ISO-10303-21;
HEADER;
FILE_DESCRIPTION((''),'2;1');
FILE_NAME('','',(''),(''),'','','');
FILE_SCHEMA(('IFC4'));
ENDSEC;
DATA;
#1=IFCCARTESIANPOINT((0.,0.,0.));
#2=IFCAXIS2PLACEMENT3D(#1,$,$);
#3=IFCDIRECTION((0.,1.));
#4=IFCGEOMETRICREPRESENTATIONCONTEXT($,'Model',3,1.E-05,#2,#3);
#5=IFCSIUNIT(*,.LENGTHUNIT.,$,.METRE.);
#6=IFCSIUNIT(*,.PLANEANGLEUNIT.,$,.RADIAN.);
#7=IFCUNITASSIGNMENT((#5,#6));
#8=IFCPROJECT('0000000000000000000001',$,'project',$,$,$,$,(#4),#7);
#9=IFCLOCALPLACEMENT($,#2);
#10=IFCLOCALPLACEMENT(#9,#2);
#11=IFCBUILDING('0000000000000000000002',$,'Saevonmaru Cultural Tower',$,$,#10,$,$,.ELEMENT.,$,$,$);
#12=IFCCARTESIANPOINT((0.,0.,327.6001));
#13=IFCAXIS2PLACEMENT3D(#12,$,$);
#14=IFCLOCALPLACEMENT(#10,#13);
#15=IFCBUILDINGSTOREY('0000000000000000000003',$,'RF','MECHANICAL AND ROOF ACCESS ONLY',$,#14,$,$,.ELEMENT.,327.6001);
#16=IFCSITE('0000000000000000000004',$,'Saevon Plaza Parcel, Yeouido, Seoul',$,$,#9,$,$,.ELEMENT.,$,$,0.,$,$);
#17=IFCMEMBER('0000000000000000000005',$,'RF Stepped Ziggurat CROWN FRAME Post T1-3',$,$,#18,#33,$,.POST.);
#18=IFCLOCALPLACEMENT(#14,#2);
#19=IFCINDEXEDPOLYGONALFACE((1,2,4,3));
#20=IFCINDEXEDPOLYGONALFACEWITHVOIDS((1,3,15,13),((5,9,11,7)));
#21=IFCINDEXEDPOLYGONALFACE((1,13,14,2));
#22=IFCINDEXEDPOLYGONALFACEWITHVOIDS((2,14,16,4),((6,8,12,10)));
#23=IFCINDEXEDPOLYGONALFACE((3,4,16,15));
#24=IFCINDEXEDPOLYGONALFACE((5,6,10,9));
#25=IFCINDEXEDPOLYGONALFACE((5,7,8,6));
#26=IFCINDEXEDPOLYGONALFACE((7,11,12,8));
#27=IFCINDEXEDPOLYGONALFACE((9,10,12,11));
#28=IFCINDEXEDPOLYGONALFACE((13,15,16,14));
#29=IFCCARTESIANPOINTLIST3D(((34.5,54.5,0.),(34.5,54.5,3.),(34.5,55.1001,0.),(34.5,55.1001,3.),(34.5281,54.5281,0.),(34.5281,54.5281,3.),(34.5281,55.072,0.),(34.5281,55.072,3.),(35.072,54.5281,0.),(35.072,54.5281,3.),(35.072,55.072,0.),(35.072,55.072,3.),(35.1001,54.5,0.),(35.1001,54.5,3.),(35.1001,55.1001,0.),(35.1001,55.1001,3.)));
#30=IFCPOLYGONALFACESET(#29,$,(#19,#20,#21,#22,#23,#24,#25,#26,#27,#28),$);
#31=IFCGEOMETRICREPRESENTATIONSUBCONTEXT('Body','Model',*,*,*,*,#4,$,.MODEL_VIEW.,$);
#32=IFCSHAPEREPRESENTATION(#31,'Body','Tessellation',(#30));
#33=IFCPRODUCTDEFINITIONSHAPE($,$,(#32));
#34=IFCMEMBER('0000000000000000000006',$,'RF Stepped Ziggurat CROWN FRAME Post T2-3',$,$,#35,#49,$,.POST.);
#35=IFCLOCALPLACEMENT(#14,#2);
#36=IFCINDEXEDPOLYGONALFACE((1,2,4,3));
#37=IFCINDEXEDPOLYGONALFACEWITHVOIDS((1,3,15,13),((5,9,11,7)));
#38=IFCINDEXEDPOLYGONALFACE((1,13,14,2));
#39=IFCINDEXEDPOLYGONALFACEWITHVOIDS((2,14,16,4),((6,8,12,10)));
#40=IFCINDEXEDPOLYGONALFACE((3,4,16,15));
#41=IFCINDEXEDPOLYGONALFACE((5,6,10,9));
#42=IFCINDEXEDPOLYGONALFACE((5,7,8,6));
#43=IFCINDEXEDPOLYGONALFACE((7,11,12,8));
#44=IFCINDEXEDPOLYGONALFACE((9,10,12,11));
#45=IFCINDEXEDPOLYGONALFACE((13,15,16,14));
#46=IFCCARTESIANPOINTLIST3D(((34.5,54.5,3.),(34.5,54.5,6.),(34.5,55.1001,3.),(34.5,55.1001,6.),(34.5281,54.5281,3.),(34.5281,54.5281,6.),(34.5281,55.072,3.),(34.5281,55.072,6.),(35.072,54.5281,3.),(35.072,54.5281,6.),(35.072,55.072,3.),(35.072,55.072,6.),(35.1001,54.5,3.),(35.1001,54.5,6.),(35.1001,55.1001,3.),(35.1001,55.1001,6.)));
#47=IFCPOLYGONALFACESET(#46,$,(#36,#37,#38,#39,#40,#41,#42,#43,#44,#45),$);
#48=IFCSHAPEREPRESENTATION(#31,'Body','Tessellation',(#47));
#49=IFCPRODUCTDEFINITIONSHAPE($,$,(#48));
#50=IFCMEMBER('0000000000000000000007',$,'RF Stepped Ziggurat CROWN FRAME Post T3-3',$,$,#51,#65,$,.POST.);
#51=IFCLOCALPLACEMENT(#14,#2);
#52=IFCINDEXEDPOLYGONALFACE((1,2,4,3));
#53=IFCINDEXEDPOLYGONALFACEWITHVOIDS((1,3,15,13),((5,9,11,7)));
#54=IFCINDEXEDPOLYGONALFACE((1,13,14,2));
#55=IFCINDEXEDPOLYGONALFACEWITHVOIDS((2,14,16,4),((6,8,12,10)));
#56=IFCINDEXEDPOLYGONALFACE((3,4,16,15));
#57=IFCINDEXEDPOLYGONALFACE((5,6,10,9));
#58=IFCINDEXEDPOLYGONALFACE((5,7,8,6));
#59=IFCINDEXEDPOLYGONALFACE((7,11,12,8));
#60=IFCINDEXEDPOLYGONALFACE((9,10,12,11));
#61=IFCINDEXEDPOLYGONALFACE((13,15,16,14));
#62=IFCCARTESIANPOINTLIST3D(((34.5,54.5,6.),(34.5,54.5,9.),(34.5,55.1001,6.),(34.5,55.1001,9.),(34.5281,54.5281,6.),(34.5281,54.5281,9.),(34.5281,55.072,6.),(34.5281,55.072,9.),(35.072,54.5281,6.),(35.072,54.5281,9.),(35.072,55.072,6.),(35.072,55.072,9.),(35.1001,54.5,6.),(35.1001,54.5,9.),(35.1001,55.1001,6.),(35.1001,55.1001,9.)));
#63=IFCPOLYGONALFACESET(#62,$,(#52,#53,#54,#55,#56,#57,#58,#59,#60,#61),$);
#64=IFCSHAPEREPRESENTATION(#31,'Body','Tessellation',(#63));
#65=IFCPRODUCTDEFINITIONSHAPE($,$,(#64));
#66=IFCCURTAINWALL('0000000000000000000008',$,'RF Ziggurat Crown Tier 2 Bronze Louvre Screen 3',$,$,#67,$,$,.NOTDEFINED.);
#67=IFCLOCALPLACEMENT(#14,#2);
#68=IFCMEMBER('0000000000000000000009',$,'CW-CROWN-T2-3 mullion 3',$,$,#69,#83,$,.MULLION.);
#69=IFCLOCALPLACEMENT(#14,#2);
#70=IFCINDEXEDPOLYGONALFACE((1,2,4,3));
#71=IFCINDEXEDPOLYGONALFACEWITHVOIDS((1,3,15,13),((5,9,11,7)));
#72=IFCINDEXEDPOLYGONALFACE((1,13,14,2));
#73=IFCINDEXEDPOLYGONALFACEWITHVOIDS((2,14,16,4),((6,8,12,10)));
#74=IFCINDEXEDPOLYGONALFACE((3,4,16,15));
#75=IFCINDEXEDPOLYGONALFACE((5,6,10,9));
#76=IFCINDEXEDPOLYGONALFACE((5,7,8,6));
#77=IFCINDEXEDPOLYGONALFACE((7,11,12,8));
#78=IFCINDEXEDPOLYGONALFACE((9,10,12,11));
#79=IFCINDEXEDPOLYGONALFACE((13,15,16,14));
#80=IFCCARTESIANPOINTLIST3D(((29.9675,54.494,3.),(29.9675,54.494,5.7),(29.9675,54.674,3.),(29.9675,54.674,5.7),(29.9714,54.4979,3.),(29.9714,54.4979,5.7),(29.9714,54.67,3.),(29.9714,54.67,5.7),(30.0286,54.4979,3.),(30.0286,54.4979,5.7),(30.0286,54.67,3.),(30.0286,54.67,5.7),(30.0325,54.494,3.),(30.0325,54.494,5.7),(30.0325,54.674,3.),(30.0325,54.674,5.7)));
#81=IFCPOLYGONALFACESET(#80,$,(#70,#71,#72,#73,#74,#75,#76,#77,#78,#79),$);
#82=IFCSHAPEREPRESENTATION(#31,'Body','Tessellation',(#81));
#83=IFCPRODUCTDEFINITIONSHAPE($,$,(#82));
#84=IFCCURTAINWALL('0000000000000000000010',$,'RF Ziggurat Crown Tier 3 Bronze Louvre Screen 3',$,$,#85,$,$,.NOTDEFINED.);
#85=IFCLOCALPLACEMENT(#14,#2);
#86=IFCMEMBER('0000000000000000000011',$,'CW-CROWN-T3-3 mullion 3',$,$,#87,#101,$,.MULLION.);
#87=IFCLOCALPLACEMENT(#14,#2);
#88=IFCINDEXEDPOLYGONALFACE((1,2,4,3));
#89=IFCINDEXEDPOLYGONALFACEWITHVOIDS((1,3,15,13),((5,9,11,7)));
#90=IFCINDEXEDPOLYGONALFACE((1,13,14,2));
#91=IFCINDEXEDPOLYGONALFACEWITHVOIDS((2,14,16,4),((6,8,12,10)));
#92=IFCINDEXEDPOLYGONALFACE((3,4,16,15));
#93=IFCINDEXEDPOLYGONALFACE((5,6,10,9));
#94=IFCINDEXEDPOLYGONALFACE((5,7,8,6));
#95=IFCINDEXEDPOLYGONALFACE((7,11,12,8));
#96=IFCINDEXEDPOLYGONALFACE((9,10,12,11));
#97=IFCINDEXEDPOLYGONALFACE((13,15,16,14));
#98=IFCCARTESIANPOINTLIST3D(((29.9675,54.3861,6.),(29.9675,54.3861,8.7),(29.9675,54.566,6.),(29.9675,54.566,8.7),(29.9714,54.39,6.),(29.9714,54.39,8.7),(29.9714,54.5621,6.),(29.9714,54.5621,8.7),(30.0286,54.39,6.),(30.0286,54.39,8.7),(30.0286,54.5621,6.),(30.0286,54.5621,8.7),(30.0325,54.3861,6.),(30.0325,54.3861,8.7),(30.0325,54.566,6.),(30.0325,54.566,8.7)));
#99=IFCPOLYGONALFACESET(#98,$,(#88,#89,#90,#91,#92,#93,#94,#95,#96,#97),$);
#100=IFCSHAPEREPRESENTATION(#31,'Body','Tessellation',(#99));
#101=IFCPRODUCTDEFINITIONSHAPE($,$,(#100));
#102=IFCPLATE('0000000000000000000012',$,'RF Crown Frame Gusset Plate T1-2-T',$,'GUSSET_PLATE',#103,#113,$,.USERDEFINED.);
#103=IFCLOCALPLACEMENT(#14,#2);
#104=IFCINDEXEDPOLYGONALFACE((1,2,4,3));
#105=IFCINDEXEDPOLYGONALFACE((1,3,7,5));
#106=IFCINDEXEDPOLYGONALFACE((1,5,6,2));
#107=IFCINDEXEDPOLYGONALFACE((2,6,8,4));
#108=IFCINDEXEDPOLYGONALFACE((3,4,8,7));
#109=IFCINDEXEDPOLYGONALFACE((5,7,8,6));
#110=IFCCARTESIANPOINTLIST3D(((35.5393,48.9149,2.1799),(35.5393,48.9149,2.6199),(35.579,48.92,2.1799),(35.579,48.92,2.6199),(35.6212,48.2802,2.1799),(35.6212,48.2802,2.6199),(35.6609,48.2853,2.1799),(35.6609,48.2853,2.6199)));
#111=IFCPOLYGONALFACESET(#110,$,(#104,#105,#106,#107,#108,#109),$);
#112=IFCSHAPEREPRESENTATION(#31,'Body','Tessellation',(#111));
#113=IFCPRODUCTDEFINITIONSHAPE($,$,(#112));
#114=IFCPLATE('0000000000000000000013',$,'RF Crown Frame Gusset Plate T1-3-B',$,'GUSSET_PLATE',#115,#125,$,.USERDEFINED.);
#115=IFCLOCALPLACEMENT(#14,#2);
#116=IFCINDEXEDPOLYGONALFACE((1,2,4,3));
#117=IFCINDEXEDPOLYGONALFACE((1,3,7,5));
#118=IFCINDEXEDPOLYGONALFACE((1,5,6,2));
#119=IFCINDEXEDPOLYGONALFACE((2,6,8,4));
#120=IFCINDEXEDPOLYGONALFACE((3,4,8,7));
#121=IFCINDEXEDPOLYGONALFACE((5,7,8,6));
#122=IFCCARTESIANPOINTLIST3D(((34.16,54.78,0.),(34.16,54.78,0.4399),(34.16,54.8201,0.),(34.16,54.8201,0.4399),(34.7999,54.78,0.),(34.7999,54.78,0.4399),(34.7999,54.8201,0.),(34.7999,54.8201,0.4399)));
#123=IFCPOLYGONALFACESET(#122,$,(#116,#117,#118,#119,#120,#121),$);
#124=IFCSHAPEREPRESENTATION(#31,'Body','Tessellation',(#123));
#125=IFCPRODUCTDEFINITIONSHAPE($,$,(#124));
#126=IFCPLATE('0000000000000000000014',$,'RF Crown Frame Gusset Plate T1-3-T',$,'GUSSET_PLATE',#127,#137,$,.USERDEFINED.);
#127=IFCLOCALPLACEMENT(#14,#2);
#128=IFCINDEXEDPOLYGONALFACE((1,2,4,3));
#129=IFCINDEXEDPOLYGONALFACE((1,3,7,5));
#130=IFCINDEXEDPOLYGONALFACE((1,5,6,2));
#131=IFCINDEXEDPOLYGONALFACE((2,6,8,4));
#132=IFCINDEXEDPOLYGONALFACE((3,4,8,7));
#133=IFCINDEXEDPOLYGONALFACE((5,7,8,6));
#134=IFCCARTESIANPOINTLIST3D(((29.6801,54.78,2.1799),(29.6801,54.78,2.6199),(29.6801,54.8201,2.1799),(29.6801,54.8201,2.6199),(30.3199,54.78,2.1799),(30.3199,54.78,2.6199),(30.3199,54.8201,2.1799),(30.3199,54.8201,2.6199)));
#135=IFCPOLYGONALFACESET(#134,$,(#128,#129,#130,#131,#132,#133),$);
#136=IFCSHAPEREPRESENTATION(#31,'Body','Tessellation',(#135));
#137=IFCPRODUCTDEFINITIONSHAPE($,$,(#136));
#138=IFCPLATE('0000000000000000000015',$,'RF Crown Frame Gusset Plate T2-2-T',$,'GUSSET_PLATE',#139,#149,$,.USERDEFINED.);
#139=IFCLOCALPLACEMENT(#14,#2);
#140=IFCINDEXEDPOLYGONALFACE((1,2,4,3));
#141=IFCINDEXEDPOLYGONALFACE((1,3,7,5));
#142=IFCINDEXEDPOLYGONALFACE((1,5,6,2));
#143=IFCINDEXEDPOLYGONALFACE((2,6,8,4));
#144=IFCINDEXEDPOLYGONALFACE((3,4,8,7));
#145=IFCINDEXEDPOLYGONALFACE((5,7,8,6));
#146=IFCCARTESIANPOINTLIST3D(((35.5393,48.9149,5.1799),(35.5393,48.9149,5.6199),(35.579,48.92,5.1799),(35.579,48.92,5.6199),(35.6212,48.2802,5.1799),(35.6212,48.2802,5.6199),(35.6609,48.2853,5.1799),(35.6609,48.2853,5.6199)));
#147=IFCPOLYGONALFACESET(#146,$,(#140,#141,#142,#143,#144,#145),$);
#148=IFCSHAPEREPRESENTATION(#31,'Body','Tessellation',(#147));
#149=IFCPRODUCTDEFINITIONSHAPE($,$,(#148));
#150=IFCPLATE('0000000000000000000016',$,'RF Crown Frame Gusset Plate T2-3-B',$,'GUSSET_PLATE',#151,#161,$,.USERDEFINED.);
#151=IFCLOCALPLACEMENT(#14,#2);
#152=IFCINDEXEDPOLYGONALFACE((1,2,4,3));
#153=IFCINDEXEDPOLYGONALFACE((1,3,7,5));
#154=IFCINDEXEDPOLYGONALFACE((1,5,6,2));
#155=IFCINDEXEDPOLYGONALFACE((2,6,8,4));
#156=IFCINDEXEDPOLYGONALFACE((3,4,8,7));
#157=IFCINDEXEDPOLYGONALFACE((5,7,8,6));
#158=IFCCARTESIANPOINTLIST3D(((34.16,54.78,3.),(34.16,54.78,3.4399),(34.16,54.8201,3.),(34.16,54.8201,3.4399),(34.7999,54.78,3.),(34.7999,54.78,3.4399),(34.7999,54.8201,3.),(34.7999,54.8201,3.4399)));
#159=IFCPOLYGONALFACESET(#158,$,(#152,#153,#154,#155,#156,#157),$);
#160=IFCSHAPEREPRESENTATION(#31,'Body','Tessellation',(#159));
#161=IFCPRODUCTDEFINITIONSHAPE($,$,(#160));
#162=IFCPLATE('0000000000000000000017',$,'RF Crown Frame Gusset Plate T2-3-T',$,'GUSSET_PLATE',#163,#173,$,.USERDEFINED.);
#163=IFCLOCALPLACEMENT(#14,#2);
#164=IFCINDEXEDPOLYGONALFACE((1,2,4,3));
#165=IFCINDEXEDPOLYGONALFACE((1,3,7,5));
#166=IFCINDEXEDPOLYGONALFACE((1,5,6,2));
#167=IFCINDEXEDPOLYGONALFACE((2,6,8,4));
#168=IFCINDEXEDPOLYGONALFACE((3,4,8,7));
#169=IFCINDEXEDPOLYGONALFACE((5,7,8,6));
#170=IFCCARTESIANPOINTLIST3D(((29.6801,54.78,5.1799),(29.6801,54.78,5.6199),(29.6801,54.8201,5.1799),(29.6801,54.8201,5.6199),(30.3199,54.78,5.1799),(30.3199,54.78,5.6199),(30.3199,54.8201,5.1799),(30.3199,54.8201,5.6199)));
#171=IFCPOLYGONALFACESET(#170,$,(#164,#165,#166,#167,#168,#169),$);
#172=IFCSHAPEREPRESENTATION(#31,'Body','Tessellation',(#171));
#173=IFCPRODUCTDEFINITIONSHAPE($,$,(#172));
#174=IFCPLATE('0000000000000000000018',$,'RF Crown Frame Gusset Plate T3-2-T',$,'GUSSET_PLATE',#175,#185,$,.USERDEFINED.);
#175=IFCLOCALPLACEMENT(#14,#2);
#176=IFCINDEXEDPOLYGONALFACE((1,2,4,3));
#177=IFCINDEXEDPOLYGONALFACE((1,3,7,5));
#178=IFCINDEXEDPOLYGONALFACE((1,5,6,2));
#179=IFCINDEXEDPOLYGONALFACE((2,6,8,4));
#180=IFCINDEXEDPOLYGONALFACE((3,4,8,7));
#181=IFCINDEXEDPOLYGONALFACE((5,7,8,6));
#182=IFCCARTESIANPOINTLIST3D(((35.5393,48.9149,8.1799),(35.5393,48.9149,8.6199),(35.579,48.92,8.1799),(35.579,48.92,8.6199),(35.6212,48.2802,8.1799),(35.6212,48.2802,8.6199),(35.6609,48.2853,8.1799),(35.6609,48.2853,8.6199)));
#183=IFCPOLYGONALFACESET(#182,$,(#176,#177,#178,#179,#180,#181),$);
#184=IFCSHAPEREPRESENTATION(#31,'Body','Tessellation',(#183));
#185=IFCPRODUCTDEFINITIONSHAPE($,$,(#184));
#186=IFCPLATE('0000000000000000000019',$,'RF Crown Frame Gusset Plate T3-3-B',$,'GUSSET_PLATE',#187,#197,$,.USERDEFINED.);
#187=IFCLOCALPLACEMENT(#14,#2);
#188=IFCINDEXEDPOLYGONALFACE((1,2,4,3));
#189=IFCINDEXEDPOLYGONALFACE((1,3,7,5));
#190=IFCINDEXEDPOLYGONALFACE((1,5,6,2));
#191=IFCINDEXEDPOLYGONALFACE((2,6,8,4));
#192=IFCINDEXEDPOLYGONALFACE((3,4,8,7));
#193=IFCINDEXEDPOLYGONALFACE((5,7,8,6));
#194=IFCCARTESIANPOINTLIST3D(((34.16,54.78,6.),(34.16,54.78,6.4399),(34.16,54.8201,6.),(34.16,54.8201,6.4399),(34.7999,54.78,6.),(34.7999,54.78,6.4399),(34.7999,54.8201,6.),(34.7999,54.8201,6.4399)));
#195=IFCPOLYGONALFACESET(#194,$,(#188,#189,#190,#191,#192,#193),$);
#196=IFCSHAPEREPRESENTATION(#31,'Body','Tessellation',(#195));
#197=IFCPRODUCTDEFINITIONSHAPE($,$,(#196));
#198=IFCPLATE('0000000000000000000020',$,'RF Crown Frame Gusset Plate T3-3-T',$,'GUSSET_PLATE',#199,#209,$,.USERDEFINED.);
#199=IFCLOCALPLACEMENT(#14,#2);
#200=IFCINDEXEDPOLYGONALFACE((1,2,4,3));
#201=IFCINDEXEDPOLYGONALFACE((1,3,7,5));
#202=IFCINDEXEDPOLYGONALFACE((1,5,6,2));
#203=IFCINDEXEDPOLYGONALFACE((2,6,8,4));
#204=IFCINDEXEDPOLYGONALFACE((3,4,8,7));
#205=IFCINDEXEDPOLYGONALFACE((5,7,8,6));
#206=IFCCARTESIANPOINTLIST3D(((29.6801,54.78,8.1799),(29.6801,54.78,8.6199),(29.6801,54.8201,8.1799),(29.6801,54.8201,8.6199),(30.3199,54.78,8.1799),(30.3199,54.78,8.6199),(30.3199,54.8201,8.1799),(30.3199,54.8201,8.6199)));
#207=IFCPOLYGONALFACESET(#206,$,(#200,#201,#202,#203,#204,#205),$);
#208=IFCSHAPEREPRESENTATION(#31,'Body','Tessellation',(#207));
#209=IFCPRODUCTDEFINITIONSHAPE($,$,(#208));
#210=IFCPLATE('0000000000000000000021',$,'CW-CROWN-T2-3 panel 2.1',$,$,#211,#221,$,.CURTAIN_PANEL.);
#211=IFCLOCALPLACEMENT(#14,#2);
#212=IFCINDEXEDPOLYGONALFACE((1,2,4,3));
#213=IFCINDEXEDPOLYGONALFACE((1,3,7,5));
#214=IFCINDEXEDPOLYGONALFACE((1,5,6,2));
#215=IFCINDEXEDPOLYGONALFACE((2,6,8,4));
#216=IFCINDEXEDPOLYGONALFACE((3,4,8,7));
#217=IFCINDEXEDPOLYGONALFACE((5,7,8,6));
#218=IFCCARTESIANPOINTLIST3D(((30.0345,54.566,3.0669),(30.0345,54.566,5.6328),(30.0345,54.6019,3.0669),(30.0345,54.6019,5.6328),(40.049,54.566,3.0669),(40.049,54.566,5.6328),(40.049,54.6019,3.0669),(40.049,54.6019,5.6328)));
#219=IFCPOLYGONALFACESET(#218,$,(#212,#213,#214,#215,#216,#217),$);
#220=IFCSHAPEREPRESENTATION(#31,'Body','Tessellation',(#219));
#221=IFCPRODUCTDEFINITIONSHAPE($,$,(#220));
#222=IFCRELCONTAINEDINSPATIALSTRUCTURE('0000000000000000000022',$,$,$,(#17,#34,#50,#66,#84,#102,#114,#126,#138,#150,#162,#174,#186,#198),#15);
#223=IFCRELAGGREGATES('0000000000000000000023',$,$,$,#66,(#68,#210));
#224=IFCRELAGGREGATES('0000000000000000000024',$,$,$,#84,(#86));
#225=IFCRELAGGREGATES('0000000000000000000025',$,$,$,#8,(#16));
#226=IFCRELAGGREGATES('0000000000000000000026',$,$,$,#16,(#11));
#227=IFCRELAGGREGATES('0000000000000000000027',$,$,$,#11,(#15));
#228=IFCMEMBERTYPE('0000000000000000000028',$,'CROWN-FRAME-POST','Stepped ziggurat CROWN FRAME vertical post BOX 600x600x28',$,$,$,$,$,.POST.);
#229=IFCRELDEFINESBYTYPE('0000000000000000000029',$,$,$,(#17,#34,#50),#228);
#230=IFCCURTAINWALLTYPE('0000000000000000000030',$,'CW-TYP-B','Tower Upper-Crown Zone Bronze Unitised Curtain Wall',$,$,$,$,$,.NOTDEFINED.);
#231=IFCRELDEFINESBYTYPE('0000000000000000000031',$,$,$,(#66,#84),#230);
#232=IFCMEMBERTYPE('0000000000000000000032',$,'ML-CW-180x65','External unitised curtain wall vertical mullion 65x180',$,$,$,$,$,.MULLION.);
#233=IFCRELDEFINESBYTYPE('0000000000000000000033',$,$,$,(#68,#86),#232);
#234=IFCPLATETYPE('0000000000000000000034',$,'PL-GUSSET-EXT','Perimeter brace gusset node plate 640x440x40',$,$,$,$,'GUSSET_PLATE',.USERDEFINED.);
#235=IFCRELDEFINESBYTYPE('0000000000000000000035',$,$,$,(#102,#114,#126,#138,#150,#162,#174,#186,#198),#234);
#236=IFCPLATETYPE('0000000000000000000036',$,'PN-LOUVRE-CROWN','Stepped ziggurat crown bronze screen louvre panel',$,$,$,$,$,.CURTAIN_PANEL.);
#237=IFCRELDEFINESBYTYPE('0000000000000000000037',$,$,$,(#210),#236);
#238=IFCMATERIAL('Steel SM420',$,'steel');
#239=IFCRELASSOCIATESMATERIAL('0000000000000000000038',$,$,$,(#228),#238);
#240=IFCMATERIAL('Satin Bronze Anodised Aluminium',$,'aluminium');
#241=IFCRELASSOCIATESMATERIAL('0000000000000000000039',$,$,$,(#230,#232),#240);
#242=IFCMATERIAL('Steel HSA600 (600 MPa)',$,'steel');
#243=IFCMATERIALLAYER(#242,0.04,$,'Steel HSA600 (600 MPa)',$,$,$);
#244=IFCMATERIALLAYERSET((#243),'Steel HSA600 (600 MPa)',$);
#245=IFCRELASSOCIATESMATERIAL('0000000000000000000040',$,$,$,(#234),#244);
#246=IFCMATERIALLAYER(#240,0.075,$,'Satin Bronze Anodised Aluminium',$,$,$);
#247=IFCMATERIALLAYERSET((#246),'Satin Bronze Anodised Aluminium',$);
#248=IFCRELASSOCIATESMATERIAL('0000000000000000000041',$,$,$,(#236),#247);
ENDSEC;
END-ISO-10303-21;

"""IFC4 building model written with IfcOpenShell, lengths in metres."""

from ifc_helpers import new_model, si_unit, direction, frame, origin, origin_2d, place, context, subcontext, project, spatial, rectangle, hollow_rectangle, extrude, material, layer, layer_set, material_profile, profile_set, type_object, element, aggregate, save


model = new_model("IFC4")

# Units and contexts
model_context = context("Model", 3, precision=1e-05, world=origin(), true_north=direction((0.0, 1.0)))
body_context = subcontext(model_context, "Body", "Model", "MODEL_VIEW")
ifc_project = project(units=[si_unit("LENGTHUNIT", "METRE"), si_unit("PLANEANGLEUNIT", "RADIAN")], contexts=[model_context])

# Site, building, storey
site_placement = place(None, origin())
site = spatial("IfcSite", under=ifc_project, at=site_placement, Name="Saevon Plaza Parcel, Yeouido, Seoul", CompositionType="ELEMENT", RefElevation=0.0)
building_placement = place(site_placement, origin())
building = spatial("IfcBuilding", under=site, at=building_placement, Name="Saevonmaru Cultural Tower", CompositionType="ELEMENT")
storey_placement = place(building_placement, frame((0.0, 0.0, 327.6001)))
storey = spatial("IfcBuildingStorey", under=building, at=storey_placement, Name="RF", Description="MECHANICAL AND ROOF ACCESS ONLY", CompositionType="ELEMENT", Elevation=327.6001)

# Members
ifc_material_1 = material(Name="Steel SM420", Category="steel")
ifc_material_profile_1 = material_profile(ifc_material_1, hollow_rectangle(XDim=0.6001, YDim=0.6001, WallThickness=0.0281, at=origin_2d()), Name="BOX-600x600x28")
ifc_profile_set_1 = profile_set([ifc_material_profile_1], Name="Steel SM420")
member_type_1 = type_object("IfcMemberType", Name="CROWN-FRAME-POST", Description="Stepped ziggurat CROWN FRAME vertical post BOX 600x600x28", PredefinedType="POST", material=ifc_profile_set_1)
for number, where, z_axis, x_axis, name in (
    (1, (34.8, 54.8, 0.0), (0.0, 0.0, 1.0), (1.0, 0.0, 0.0), "RF Stepped Ziggurat CROWN FRAME Post T1-3"),
    (2, (34.8, 54.8, 3.0), (0.0, 0.0, 1.0), (1.0, 0.0, 0.0), "RF Stepped Ziggurat CROWN FRAME Post T2-3"),
    (3, (34.8, 54.8, 6.0), (0.0, 0.0, 1.0), (1.0, 0.0, 0.0), "RF Stepped Ziggurat CROWN FRAME Post T3-3"),
):
    element("IfcMember", number, at=place(storey_placement, frame(where, z_axis=z_axis, x_axis=x_axis)), inside=storey, type_object=member_type_1, Name=name, PredefinedType="POST", context=body_context, shape_type="SweptSolid", body=[
        extrude(hollow_rectangle(XDim=0.6001, YDim=0.6001, WallThickness=0.0281, at=origin_2d()), origin(), (0.0, 0.0, 1.0), 3.0),
    ])

# Curtain walls, members
ifc_material_2 = material(Name="Satin Bronze Anodised Aluminium", Category="aluminium")
curtain_wall_type = type_object("IfcCurtainWallType", Name="CW-TYP-B", Description="Tower Upper-Crown Zone Bronze Unitised Curtain Wall", PredefinedType="NOTDEFINED", material=ifc_material_2)
curtain_wall_1_placement = place(storey_placement, origin())
curtain_wall_1 = element("IfcCurtainWall", 4, at=curtain_wall_1_placement, inside=storey, type_object=curtain_wall_type, Name="RF Ziggurat Crown Tier 2 Bronze Louvre Screen 3", PredefinedType="NOTDEFINED")
ifc_material_profile_2 = material_profile(ifc_material_2, hollow_rectangle(XDim=0.0649, YDim=0.1799, WallThickness=0.0039, at=origin_2d()), Name="ALU-MULL-180x65x4")
ifc_profile_set_2 = profile_set([ifc_material_profile_2], Name="Satin Bronze Anodised Aluminium")
member_type_2 = type_object("IfcMemberType", Name="ML-CW-180x65", Description="External unitised curtain wall vertical mullion 65x180", PredefinedType="MULLION", material=ifc_profile_set_2)
member_1_placement = place(storey_placement, frame((30.0, 54.584, 3.0), z_axis=(0.0, 0.0, 1.0), x_axis=(-1.0, 0.0, 0.0)))
member_1 = element("IfcMember", 5, at=member_1_placement, type_object=member_type_2, Name="CW-CROWN-T2-3 mullion 3", PredefinedType="MULLION", context=body_context, shape_type="SweptSolid", body=[
    extrude(hollow_rectangle(XDim=0.0649, YDim=0.1799, WallThickness=0.0039, at=origin_2d()), origin(), (0.0, 0.0, 1.0), 2.7),
])
curtain_wall_2_placement = place(storey_placement, origin())
curtain_wall_2 = element("IfcCurtainWall", 6, at=curtain_wall_2_placement, inside=storey, type_object=curtain_wall_type, Name="RF Ziggurat Crown Tier 3 Bronze Louvre Screen 3", PredefinedType="NOTDEFINED")
member_2_placement = place(storey_placement, frame((30.0, 54.4761, 6.0), z_axis=(0.0, 0.0, 1.0), x_axis=(-1.0, 0.0, 0.0)))
member_2 = element("IfcMember", 7, at=member_2_placement, type_object=member_type_2, Name="CW-CROWN-T3-3 mullion 3", PredefinedType="MULLION", context=body_context, shape_type="SweptSolid", body=[
    extrude(hollow_rectangle(XDim=0.0649, YDim=0.1799, WallThickness=0.0039, at=origin_2d()), origin(), (0.0, 0.0, 1.0), 2.7),
])

# Plates
ifc_material_3 = material(Name="Steel HSA600 (600 MPa)", Category="steel")
ifc_layer_1 = layer(ifc_material_3, 0.04, Name="Steel HSA600 (600 MPa)")
ifc_layer_set_1 = layer_set([ifc_layer_1], Name="Steel HSA600 (600 MPa)")
plate_type_1 = type_object("IfcPlateType", Name="PL-GUSSET-EXT", Description="Perimeter brace gusset node plate 640x440x40", ElementType="GUSSET_PLATE", PredefinedType="USERDEFINED", material=ifc_layer_set_1)
for number, where, z_axis, x_axis, name in (
    (8, (35.6001, 48.6001, 2.1799), (0.0, 0.0, 1.0), (-0.127965, 0.991779, 0.0), "RF Crown Frame Gusset Plate T1-2-T"),
    (9, (34.48, 54.8, 0.0), (0.0, 0.0, 1.0), (-1.0, 0.0, 0.0), "RF Crown Frame Gusset Plate T1-3-B"),
    (10, (30.0, 54.8, 2.1799), (0.0, 0.0, 1.0), (-1.0, 0.0, 0.0), "RF Crown Frame Gusset Plate T1-3-T"),
    (11, (35.6001, 48.6001, 5.1799), (0.0, 0.0, 1.0), (-0.127965, 0.991779, 0.0), "RF Crown Frame Gusset Plate T2-2-T"),
    (12, (34.48, 54.8, 3.0), (0.0, 0.0, 1.0), (-1.0, 0.0, 0.0), "RF Crown Frame Gusset Plate T2-3-B"),
    (13, (30.0, 54.8, 5.1799), (0.0, 0.0, 1.0), (-1.0, 0.0, 0.0), "RF Crown Frame Gusset Plate T2-3-T"),
    (14, (35.6001, 48.6001, 8.1799), (0.0, 0.0, 1.0), (-0.127965, 0.991779, 0.0), "RF Crown Frame Gusset Plate T3-2-T"),
    (15, (34.48, 54.8, 6.0), (0.0, 0.0, 1.0), (-1.0, 0.0, 0.0), "RF Crown Frame Gusset Plate T3-3-B"),
    (16, (30.0, 54.8, 8.1799), (0.0, 0.0, 1.0), (-1.0, 0.0, 0.0), "RF Crown Frame Gusset Plate T3-3-T"),
):
    element("IfcPlate", number, at=place(storey_placement, frame(where, z_axis=z_axis, x_axis=x_axis)), inside=storey, type_object=plate_type_1, Name=name, ObjectType="GUSSET_PLATE", PredefinedType="USERDEFINED", context=body_context, shape_type="SweptSolid", body=[
        extrude(rectangle(XDim=0.6399, YDim=0.04, at=origin_2d()), origin(), (0.0, 0.0, 1.0), 0.4399),
    ])

# Plate
ifc_layer_2 = layer(ifc_material_2, 0.075, Name="Satin Bronze Anodised Aluminium")
ifc_layer_set_2 = layer_set([ifc_layer_2], Name="Satin Bronze Anodised Aluminium")
plate_type_2 = type_object("IfcPlateType", Name="PN-LOUVRE-CROWN", Description="Stepped ziggurat crown bronze screen louvre panel", PredefinedType="CURTAIN_PANEL", material=ifc_layer_set_2)
plate_1_placement = place(storey_placement, frame((35.0417, 54.584, 3.0669), z_axis=(0.0, 0.0, 1.0), x_axis=(-1.0, 0.0, 0.0)))
plate_1 = element("IfcPlate", 17, at=plate_1_placement, type_object=plate_type_2, Name="CW-CROWN-T2-3 panel 2.1", PredefinedType="CURTAIN_PANEL", context=body_context, shape_type="SweptSolid", body=[
    extrude(rectangle(XDim=10.0144, YDim=0.0359, at=origin_2d()), origin(), (0.0, 0.0, 1.0), 2.5659),
])
aggregate(curtain_wall_1, [member_1, plate_1])
aggregate(curtain_wall_2, [member_2])

save(model, "model.ifc")
